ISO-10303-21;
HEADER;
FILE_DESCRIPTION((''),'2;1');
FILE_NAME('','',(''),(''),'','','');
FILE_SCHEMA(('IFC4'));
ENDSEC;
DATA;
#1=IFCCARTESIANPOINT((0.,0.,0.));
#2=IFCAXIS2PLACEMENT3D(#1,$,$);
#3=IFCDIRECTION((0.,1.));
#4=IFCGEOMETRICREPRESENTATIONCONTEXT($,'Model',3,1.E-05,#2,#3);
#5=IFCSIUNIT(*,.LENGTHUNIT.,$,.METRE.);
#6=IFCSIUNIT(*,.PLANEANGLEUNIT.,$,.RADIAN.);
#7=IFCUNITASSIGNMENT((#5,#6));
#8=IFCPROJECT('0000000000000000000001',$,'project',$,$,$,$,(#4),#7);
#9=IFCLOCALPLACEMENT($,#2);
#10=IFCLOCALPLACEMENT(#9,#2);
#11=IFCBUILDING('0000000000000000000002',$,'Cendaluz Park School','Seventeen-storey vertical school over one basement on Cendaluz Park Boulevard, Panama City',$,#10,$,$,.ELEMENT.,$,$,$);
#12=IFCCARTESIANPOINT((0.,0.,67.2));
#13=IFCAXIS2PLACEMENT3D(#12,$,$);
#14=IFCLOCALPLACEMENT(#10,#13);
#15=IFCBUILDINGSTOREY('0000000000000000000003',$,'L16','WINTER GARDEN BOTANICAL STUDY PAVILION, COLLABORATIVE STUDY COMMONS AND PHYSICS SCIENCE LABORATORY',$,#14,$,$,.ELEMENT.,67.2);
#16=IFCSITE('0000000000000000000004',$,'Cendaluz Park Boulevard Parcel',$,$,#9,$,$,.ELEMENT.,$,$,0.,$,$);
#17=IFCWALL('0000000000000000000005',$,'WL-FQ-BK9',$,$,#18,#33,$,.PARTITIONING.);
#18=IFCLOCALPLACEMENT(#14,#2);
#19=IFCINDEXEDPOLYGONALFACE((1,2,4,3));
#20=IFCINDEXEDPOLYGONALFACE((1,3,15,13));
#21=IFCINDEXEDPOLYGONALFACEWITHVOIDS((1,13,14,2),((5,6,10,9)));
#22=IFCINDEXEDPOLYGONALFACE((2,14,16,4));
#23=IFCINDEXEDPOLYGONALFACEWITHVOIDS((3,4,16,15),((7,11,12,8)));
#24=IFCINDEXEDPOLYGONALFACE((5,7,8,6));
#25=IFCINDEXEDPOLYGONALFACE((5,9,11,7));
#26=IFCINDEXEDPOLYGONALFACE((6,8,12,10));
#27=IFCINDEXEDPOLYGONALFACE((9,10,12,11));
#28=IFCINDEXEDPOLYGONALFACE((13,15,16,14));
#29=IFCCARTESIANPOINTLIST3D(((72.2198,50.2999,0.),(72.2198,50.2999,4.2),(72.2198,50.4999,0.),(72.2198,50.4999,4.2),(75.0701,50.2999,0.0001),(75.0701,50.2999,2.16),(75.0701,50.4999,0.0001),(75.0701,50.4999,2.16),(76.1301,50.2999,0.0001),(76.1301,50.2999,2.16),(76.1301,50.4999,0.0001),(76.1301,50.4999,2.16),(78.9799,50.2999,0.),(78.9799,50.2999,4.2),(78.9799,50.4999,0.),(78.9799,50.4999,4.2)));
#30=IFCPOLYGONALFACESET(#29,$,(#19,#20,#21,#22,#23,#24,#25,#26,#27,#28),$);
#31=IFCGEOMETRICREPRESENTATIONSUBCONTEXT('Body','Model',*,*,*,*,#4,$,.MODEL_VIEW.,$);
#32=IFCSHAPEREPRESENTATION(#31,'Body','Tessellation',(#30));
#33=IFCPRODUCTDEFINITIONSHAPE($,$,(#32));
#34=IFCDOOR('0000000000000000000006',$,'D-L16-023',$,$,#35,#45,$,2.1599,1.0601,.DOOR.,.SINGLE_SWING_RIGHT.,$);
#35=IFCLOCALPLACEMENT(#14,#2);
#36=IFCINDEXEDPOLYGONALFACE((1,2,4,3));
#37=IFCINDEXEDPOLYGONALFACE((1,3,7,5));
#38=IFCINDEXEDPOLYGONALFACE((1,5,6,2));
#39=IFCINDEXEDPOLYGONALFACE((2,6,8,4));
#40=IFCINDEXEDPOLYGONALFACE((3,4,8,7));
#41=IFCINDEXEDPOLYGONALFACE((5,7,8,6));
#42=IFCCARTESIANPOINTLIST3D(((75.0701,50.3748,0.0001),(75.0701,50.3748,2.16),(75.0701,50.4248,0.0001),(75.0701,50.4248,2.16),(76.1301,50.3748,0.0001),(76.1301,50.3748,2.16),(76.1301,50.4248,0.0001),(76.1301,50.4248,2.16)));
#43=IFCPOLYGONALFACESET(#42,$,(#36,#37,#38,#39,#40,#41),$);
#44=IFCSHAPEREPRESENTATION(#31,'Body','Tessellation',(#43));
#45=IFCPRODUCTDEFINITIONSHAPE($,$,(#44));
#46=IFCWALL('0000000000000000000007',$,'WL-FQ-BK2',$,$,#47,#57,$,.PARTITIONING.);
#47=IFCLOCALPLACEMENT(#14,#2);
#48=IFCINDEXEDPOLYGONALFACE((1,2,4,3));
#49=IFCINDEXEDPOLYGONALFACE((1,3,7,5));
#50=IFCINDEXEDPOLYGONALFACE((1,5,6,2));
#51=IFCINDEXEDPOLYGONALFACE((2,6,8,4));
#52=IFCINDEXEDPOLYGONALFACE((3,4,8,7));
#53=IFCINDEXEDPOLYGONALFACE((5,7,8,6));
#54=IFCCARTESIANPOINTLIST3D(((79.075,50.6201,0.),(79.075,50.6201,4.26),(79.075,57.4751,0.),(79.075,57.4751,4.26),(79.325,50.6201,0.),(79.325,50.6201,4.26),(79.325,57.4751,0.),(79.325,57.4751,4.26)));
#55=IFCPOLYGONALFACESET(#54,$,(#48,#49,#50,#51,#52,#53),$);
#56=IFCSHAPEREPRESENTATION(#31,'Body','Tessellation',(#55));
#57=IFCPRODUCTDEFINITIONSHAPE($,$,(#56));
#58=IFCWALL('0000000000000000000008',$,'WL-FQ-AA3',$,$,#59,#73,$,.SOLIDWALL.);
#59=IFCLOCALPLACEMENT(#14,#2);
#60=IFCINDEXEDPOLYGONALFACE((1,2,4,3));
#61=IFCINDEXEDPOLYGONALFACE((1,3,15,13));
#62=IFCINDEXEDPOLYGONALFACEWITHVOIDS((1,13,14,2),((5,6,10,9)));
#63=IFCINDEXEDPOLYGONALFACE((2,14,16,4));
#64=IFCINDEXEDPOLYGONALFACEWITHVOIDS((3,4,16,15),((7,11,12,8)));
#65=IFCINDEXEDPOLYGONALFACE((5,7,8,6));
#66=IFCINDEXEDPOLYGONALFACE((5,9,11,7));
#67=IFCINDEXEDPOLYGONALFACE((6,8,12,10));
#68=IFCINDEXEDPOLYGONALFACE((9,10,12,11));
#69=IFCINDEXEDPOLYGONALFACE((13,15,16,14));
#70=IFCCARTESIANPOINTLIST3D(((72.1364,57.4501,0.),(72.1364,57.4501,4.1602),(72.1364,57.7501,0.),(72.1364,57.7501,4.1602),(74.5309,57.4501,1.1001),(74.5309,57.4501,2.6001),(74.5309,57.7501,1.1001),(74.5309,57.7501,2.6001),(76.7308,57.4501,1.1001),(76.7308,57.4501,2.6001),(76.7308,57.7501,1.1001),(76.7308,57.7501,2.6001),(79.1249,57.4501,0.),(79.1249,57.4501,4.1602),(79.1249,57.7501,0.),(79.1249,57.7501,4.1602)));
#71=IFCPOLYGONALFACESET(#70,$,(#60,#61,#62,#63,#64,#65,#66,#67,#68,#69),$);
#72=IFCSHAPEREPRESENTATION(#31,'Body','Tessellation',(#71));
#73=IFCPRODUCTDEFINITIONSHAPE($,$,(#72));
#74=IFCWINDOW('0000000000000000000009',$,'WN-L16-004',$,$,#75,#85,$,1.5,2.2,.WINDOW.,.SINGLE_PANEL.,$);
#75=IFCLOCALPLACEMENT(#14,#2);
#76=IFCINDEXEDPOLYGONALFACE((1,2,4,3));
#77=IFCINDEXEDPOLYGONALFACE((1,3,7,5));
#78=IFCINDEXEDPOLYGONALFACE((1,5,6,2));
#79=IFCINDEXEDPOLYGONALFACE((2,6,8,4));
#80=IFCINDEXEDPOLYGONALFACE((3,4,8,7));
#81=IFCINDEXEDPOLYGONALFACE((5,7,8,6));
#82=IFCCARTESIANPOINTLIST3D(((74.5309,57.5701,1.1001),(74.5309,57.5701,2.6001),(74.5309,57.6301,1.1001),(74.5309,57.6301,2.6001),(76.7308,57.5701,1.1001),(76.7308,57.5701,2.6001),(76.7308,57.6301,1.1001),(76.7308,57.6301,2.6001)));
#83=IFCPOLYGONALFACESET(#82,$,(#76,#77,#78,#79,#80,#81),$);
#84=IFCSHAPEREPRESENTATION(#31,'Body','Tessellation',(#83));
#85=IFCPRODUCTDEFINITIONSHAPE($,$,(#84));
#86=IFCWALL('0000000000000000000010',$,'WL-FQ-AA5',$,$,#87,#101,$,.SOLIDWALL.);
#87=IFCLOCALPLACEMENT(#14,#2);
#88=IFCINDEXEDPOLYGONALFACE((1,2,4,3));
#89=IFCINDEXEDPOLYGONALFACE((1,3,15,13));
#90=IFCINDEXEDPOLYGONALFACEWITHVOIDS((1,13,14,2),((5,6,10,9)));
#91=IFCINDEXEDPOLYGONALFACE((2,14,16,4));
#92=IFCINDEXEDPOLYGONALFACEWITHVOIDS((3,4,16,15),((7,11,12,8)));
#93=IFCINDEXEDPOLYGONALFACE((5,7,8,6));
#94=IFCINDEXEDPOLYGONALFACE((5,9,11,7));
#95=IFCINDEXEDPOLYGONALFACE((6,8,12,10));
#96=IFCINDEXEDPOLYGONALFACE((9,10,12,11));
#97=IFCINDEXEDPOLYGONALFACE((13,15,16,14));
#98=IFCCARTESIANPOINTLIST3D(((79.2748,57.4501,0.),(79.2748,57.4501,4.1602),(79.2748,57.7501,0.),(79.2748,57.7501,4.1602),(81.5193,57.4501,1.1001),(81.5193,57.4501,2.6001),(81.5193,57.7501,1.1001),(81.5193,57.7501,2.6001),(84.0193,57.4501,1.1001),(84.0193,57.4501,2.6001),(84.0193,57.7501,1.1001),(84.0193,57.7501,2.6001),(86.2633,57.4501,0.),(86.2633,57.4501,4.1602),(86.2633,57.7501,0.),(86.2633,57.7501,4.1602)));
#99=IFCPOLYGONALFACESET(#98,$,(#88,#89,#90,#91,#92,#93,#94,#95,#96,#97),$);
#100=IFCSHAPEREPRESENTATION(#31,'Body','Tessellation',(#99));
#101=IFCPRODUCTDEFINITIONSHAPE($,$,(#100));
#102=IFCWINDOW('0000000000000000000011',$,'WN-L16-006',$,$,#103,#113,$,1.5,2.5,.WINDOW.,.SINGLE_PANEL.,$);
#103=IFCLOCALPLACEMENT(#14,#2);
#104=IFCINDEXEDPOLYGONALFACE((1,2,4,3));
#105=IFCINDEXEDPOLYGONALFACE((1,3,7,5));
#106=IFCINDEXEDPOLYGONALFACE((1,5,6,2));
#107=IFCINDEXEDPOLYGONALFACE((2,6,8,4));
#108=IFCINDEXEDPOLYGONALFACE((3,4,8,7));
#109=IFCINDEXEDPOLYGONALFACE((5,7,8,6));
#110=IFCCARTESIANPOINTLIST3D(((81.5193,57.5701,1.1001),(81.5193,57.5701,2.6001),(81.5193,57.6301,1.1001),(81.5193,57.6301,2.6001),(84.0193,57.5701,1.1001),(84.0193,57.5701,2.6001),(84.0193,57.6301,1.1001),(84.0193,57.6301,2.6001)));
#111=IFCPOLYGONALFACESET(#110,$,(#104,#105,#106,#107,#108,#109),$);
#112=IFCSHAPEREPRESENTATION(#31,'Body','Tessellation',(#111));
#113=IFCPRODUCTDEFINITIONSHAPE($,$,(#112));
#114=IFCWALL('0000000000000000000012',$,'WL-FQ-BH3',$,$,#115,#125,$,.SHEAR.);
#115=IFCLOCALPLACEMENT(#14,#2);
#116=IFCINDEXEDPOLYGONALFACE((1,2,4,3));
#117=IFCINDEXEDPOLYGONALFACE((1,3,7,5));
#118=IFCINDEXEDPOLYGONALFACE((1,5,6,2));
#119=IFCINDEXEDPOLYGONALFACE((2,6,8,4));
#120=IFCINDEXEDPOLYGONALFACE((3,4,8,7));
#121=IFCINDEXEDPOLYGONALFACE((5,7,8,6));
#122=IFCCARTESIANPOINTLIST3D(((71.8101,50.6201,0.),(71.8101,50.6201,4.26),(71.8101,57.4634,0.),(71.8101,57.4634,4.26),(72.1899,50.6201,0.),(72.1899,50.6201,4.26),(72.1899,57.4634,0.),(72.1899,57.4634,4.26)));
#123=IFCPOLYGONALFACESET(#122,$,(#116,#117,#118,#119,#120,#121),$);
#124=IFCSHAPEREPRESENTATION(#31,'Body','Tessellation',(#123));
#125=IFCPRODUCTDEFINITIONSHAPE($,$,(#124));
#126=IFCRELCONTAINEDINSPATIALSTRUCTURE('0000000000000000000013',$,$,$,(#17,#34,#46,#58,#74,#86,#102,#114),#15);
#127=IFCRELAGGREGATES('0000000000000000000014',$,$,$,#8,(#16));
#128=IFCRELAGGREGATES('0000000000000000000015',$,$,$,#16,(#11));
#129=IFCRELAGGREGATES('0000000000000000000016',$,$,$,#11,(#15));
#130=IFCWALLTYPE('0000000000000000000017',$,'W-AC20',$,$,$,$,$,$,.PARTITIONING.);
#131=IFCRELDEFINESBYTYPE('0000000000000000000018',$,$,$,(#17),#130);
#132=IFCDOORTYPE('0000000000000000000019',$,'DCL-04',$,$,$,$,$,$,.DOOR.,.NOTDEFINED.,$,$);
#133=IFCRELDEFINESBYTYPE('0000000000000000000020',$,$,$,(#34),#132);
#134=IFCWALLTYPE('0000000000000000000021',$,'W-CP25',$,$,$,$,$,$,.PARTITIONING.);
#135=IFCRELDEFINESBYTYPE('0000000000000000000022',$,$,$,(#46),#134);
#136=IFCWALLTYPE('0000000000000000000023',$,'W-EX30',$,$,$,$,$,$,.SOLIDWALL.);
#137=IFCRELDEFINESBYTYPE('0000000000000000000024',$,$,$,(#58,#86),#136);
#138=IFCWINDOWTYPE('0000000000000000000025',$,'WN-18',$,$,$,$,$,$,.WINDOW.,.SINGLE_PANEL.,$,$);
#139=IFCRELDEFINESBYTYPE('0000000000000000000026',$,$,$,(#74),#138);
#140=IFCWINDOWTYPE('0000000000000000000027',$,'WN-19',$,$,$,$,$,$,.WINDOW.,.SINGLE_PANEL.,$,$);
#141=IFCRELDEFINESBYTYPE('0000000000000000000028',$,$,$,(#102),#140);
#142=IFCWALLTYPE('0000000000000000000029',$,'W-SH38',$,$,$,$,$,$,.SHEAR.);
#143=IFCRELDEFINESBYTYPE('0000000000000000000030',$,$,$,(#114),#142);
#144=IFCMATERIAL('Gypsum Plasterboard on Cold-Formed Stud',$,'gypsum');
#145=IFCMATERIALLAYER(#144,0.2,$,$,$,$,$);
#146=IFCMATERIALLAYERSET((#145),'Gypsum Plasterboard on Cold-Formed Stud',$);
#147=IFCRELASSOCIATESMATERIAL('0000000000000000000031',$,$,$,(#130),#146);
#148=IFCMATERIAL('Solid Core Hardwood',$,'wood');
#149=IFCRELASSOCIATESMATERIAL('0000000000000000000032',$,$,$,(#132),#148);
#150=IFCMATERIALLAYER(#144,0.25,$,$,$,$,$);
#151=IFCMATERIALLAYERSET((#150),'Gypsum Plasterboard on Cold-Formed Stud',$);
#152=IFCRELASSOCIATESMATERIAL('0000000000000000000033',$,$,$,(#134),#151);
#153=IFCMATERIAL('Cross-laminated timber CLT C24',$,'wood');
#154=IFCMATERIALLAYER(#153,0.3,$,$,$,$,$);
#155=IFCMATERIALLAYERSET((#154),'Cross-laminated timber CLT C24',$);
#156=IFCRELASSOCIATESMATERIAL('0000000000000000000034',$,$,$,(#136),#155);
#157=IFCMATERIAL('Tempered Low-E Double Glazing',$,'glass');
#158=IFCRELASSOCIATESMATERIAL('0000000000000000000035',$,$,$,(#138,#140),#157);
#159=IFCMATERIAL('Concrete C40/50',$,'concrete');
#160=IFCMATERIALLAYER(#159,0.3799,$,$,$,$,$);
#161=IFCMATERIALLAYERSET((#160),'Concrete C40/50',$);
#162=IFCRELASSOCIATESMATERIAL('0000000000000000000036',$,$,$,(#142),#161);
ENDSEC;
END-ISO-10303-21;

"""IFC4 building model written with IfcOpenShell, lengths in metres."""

from ifc_helpers import new_model, si_unit, direction, frame, frame_2d, origin, place, context, subcontext, project, spatial, rectangle, extrude, material, layer, layer_set, type_object, element, fill, save


model = new_model("IFC4")

# Units and contexts
model_context = context("Model", 3, precision=1e-05, world=origin(), true_north=direction((0.0, 1.0)))
body_context = subcontext(model_context, "Body", "Model", "MODEL_VIEW")
ifc_project = project(units=[si_unit("LENGTHUNIT", "METRE"), si_unit("PLANEANGLEUNIT", "RADIAN")], contexts=[model_context])

# Site, building, storey
site_placement = place(None, origin())
site = spatial("IfcSite", under=ifc_project, at=site_placement, Name="Cendaluz Park Boulevard Parcel", CompositionType="ELEMENT", RefElevation=0.0)
building_placement = place(site_placement, origin())
building = spatial("IfcBuilding", under=site, at=building_placement, Name="Cendaluz Park School", Description="Seventeen-storey vertical school over one basement on Cendaluz Park Boulevard, Panama City", CompositionType="ELEMENT")
storey_placement = place(building_placement, frame((0.0, 0.0, 67.2)))
storey = spatial("IfcBuildingStorey", under=building, at=storey_placement, Name="L16", Description="WINTER GARDEN BOTANICAL STUDY PAVILION, COLLABORATIVE STUDY COMMONS AND PHYSICS SCIENCE LABORATORY", CompositionType="ELEMENT", Elevation=67.2)

# Wall, opening, door
ifc_material_1 = material(Name="Gypsum Plasterboard on Cold-Formed Stud", Category="gypsum")
ifc_layer_1 = layer(ifc_material_1, 0.2)
ifc_layer_set_1 = layer_set([ifc_layer_1], Name="Gypsum Plasterboard on Cold-Formed Stud")
wall_type_1 = type_object("IfcWallType", Name="W-AC20", PredefinedType="PARTITIONING", material=ifc_layer_set_1)
wall_1_placement = place(storey_placement, frame((72.22, 50.3999, 0.0), z_axis=(0.0, 0.0, 1.0), x_axis=(1.0, 0.0, 0.0)))
wall_1 = element("IfcWall", 1, at=wall_1_placement, inside=storey, type_object=wall_type_1, Name="WL-FQ-BK9", PredefinedType="PARTITIONING", context=body_context, shape_type="SweptSolid", body=[
    extrude(rectangle(XDim=6.76, YDim=0.2, at=frame_2d((3.3799, 0.0))), origin(), (0.0, 0.0, 1.0), 4.2),
])
opening_1_placement = place(wall_1_placement, frame((2.8501, 0.0, 0.0)))
opening_1 = element("IfcOpeningElement", 2, at=opening_1_placement, cuts=wall_1, PredefinedType="OPENING", context=body_context, shape_type="SweptSolid", body=[
    extrude(rectangle(XDim=1.0601, YDim=2.1599, at=frame_2d((0.53, 1.0801))), frame((0.0, 0.1121, 0.0), z_axis=(0.0, -1.0, 0.0), x_axis=(1.0, 0.0, 0.0)), (0.0, 0.0, 1.0), 0.2239),
])
ifc_material_2 = material(Name="Solid Core Hardwood", Category="wood")
door_type = type_object("IfcDoorType", Name="DCL-04", OperationType="NOTDEFINED", PredefinedType="DOOR", material=ifc_material_2)
door_placement = place(opening_1_placement, origin())
door = element("IfcDoor", 3, at=door_placement, inside=storey, type_object=door_type, Name="D-L16-023", OperationType="SINGLE_SWING_RIGHT", OverallHeight=2.1599, OverallWidth=1.0601, PredefinedType="DOOR", context=body_context, shape_type="SweptSolid", body=[
    extrude(rectangle(XDim=1.0601, YDim=2.1599, at=frame_2d((0.53, 1.0801))), frame((0.0, 0.0249, 0.0), z_axis=(0.0, -1.0, 0.0), x_axis=(1.0, 0.0, 0.0)), (0.0, 0.0, 1.0), 0.05),
])
fill(opening_1, door)

# Wall
ifc_layer_2 = layer(ifc_material_1, 0.25)
ifc_layer_set_2 = layer_set([ifc_layer_2], Name="Gypsum Plasterboard on Cold-Formed Stud")
wall_type_2 = type_object("IfcWallType", Name="W-CP25", PredefinedType="PARTITIONING", material=ifc_layer_set_2)
wall_2_placement = place(storey_placement, frame((79.2, 50.6201, 0.0), z_axis=(0.0, 0.0, 1.0), x_axis=(0.0, 1.0, 0.0)))
element("IfcWall", 4, at=wall_2_placement, inside=storey, type_object=wall_type_2, Name="WL-FQ-BK2", PredefinedType="PARTITIONING", context=body_context, shape_type="SweptSolid", body=[
    extrude(rectangle(XDim=6.855, YDim=0.25, at=frame_2d((3.4275, 0.0))), origin(), (0.0, 0.0, 1.0), 4.26),
])

# Walls, openings, windows
ifc_material_3 = material(Name="Cross-laminated timber CLT C24", Category="wood")
ifc_layer_3 = layer(ifc_material_3, 0.3)
ifc_layer_set_3 = layer_set([ifc_layer_3], Name="Cross-laminated timber CLT C24")
wall_type_3 = type_object("IfcWallType", Name="W-EX30", PredefinedType="SOLIDWALL", material=ifc_layer_set_3)
wall_3_placement = place(storey_placement, frame((72.1365, 57.6001, 0.0), z_axis=(0.0, 0.0, 1.0), x_axis=(1.0, 0.0, 0.0)))
wall_3 = element("IfcWall", 5, at=wall_3_placement, inside=storey, type_object=wall_type_3, Name="WL-FQ-AA3", PredefinedType="SOLIDWALL", context=body_context, shape_type="SweptSolid", body=[
    extrude(rectangle(XDim=6.9885, YDim=0.3, at=frame_2d((3.4941, 0.0))), origin(), (0.0, 0.0, 1.0), 4.1602),
])
opening_2_placement = place(wall_3_placement, frame((2.3943, 0.0, 1.1001)))
opening_2 = element("IfcOpeningElement", 6, at=opening_2_placement, cuts=wall_3, PredefinedType="OPENING", context=body_context, shape_type="SweptSolid", body=[
    extrude(rectangle(XDim=2.2, YDim=1.5, at=frame_2d((1.1001, 0.75))), frame((0.0, 0.1621, 0.0), z_axis=(0.0, -1.0, 0.0), x_axis=(1.0, 0.0, 0.0)), (0.0, 0.0, 1.0), 0.324),
])
ifc_material_4 = material(Name="Tempered Low-E Double Glazing", Category="glass")
window_type_1 = type_object("IfcWindowType", Name="WN-18", PartitioningType="SINGLE_PANEL", PredefinedType="WINDOW", material=ifc_material_4)
window_1_placement = place(opening_2_placement, origin())
window_1 = element("IfcWindow", 7, at=window_1_placement, inside=storey, type_object=window_type_1, Name="WN-L16-004", OverallHeight=1.5, OverallWidth=2.2, PartitioningType="SINGLE_PANEL", PredefinedType="WINDOW", context=body_context, shape_type="SweptSolid", body=[
    extrude(rectangle(XDim=2.2, YDim=1.5, at=frame_2d((1.1001, 0.75))), frame((0.0, 0.03, 0.0), z_axis=(0.0, -1.0, 0.0), x_axis=(1.0, 0.0, 0.0)), (0.0, 0.0, 1.0), 0.0601),
])
fill(opening_2, window_1)
wall_4_placement = place(storey_placement, frame((79.2749, 57.6001, 0.0), z_axis=(0.0, 0.0, 1.0), x_axis=(1.0, 0.0, 0.0)))
wall_4 = element("IfcWall", 8, at=wall_4_placement, inside=storey, type_object=wall_type_3, Name="WL-FQ-AA5", PredefinedType="SOLIDWALL", context=body_context, shape_type="SweptSolid", body=[
    extrude(rectangle(XDim=6.9885, YDim=0.3, at=frame_2d((3.4941, 0.0))), origin(), (0.0, 0.0, 1.0), 4.1602),
])
opening_3_placement = place(wall_4_placement, frame((2.2444, 0.0, 1.1001)))
opening_3 = element("IfcOpeningElement", 9, at=opening_3_placement, cuts=wall_4, PredefinedType="OPENING", context=body_context, shape_type="SweptSolid", body=[
    extrude(rectangle(XDim=2.5, YDim=1.5, at=frame_2d((1.25, 0.75))), frame((0.0, 0.1621, 0.0), z_axis=(0.0, -1.0, 0.0), x_axis=(1.0, 0.0, 0.0)), (0.0, 0.0, 1.0), 0.324),
])
window_type_2 = type_object("IfcWindowType", Name="WN-19", PartitioningType="SINGLE_PANEL", PredefinedType="WINDOW", material=ifc_material_4)
window_2_placement = place(opening_3_placement, origin())
window_2 = element("IfcWindow", 10, at=window_2_placement, inside=storey, type_object=window_type_2, Name="WN-L16-006", OverallHeight=1.5, OverallWidth=2.5, PartitioningType="SINGLE_PANEL", PredefinedType="WINDOW", context=body_context, shape_type="SweptSolid", body=[
    extrude(rectangle(XDim=2.5, YDim=1.5, at=frame_2d((1.25, 0.75))), frame((0.0, 0.03, 0.0), z_axis=(0.0, -1.0, 0.0), x_axis=(1.0, 0.0, 0.0)), (0.0, 0.0, 1.0), 0.0601),
])
fill(opening_3, window_2)

# Wall
ifc_material_5 = material(Name="Concrete C40/50", Category="concrete")
ifc_layer_4 = layer(ifc_material_5, 0.3799)
ifc_layer_set_4 = layer_set([ifc_layer_4], Name="Concrete C40/50")
wall_type_4 = type_object("IfcWallType", Name="W-SH38", PredefinedType="SHEAR", material=ifc_layer_set_4)
wall_5_placement = place(storey_placement, frame((72.0, 50.6201, 0.0), z_axis=(0.0, 0.0, 1.0), x_axis=(0.0, 1.0, 0.0)))
element("IfcWall", 11, at=wall_5_placement, inside=storey, type_object=wall_type_4, Name="WL-FQ-BH3", PredefinedType="SHEAR", context=body_context, shape_type="SweptSolid", body=[
    extrude(rectangle(XDim=6.8433, YDim=0.3799, at=frame_2d((3.4216, 0.0))), origin(), (0.0, 0.0, 1.0), 4.26),
])

save(model, "model.ifc")
